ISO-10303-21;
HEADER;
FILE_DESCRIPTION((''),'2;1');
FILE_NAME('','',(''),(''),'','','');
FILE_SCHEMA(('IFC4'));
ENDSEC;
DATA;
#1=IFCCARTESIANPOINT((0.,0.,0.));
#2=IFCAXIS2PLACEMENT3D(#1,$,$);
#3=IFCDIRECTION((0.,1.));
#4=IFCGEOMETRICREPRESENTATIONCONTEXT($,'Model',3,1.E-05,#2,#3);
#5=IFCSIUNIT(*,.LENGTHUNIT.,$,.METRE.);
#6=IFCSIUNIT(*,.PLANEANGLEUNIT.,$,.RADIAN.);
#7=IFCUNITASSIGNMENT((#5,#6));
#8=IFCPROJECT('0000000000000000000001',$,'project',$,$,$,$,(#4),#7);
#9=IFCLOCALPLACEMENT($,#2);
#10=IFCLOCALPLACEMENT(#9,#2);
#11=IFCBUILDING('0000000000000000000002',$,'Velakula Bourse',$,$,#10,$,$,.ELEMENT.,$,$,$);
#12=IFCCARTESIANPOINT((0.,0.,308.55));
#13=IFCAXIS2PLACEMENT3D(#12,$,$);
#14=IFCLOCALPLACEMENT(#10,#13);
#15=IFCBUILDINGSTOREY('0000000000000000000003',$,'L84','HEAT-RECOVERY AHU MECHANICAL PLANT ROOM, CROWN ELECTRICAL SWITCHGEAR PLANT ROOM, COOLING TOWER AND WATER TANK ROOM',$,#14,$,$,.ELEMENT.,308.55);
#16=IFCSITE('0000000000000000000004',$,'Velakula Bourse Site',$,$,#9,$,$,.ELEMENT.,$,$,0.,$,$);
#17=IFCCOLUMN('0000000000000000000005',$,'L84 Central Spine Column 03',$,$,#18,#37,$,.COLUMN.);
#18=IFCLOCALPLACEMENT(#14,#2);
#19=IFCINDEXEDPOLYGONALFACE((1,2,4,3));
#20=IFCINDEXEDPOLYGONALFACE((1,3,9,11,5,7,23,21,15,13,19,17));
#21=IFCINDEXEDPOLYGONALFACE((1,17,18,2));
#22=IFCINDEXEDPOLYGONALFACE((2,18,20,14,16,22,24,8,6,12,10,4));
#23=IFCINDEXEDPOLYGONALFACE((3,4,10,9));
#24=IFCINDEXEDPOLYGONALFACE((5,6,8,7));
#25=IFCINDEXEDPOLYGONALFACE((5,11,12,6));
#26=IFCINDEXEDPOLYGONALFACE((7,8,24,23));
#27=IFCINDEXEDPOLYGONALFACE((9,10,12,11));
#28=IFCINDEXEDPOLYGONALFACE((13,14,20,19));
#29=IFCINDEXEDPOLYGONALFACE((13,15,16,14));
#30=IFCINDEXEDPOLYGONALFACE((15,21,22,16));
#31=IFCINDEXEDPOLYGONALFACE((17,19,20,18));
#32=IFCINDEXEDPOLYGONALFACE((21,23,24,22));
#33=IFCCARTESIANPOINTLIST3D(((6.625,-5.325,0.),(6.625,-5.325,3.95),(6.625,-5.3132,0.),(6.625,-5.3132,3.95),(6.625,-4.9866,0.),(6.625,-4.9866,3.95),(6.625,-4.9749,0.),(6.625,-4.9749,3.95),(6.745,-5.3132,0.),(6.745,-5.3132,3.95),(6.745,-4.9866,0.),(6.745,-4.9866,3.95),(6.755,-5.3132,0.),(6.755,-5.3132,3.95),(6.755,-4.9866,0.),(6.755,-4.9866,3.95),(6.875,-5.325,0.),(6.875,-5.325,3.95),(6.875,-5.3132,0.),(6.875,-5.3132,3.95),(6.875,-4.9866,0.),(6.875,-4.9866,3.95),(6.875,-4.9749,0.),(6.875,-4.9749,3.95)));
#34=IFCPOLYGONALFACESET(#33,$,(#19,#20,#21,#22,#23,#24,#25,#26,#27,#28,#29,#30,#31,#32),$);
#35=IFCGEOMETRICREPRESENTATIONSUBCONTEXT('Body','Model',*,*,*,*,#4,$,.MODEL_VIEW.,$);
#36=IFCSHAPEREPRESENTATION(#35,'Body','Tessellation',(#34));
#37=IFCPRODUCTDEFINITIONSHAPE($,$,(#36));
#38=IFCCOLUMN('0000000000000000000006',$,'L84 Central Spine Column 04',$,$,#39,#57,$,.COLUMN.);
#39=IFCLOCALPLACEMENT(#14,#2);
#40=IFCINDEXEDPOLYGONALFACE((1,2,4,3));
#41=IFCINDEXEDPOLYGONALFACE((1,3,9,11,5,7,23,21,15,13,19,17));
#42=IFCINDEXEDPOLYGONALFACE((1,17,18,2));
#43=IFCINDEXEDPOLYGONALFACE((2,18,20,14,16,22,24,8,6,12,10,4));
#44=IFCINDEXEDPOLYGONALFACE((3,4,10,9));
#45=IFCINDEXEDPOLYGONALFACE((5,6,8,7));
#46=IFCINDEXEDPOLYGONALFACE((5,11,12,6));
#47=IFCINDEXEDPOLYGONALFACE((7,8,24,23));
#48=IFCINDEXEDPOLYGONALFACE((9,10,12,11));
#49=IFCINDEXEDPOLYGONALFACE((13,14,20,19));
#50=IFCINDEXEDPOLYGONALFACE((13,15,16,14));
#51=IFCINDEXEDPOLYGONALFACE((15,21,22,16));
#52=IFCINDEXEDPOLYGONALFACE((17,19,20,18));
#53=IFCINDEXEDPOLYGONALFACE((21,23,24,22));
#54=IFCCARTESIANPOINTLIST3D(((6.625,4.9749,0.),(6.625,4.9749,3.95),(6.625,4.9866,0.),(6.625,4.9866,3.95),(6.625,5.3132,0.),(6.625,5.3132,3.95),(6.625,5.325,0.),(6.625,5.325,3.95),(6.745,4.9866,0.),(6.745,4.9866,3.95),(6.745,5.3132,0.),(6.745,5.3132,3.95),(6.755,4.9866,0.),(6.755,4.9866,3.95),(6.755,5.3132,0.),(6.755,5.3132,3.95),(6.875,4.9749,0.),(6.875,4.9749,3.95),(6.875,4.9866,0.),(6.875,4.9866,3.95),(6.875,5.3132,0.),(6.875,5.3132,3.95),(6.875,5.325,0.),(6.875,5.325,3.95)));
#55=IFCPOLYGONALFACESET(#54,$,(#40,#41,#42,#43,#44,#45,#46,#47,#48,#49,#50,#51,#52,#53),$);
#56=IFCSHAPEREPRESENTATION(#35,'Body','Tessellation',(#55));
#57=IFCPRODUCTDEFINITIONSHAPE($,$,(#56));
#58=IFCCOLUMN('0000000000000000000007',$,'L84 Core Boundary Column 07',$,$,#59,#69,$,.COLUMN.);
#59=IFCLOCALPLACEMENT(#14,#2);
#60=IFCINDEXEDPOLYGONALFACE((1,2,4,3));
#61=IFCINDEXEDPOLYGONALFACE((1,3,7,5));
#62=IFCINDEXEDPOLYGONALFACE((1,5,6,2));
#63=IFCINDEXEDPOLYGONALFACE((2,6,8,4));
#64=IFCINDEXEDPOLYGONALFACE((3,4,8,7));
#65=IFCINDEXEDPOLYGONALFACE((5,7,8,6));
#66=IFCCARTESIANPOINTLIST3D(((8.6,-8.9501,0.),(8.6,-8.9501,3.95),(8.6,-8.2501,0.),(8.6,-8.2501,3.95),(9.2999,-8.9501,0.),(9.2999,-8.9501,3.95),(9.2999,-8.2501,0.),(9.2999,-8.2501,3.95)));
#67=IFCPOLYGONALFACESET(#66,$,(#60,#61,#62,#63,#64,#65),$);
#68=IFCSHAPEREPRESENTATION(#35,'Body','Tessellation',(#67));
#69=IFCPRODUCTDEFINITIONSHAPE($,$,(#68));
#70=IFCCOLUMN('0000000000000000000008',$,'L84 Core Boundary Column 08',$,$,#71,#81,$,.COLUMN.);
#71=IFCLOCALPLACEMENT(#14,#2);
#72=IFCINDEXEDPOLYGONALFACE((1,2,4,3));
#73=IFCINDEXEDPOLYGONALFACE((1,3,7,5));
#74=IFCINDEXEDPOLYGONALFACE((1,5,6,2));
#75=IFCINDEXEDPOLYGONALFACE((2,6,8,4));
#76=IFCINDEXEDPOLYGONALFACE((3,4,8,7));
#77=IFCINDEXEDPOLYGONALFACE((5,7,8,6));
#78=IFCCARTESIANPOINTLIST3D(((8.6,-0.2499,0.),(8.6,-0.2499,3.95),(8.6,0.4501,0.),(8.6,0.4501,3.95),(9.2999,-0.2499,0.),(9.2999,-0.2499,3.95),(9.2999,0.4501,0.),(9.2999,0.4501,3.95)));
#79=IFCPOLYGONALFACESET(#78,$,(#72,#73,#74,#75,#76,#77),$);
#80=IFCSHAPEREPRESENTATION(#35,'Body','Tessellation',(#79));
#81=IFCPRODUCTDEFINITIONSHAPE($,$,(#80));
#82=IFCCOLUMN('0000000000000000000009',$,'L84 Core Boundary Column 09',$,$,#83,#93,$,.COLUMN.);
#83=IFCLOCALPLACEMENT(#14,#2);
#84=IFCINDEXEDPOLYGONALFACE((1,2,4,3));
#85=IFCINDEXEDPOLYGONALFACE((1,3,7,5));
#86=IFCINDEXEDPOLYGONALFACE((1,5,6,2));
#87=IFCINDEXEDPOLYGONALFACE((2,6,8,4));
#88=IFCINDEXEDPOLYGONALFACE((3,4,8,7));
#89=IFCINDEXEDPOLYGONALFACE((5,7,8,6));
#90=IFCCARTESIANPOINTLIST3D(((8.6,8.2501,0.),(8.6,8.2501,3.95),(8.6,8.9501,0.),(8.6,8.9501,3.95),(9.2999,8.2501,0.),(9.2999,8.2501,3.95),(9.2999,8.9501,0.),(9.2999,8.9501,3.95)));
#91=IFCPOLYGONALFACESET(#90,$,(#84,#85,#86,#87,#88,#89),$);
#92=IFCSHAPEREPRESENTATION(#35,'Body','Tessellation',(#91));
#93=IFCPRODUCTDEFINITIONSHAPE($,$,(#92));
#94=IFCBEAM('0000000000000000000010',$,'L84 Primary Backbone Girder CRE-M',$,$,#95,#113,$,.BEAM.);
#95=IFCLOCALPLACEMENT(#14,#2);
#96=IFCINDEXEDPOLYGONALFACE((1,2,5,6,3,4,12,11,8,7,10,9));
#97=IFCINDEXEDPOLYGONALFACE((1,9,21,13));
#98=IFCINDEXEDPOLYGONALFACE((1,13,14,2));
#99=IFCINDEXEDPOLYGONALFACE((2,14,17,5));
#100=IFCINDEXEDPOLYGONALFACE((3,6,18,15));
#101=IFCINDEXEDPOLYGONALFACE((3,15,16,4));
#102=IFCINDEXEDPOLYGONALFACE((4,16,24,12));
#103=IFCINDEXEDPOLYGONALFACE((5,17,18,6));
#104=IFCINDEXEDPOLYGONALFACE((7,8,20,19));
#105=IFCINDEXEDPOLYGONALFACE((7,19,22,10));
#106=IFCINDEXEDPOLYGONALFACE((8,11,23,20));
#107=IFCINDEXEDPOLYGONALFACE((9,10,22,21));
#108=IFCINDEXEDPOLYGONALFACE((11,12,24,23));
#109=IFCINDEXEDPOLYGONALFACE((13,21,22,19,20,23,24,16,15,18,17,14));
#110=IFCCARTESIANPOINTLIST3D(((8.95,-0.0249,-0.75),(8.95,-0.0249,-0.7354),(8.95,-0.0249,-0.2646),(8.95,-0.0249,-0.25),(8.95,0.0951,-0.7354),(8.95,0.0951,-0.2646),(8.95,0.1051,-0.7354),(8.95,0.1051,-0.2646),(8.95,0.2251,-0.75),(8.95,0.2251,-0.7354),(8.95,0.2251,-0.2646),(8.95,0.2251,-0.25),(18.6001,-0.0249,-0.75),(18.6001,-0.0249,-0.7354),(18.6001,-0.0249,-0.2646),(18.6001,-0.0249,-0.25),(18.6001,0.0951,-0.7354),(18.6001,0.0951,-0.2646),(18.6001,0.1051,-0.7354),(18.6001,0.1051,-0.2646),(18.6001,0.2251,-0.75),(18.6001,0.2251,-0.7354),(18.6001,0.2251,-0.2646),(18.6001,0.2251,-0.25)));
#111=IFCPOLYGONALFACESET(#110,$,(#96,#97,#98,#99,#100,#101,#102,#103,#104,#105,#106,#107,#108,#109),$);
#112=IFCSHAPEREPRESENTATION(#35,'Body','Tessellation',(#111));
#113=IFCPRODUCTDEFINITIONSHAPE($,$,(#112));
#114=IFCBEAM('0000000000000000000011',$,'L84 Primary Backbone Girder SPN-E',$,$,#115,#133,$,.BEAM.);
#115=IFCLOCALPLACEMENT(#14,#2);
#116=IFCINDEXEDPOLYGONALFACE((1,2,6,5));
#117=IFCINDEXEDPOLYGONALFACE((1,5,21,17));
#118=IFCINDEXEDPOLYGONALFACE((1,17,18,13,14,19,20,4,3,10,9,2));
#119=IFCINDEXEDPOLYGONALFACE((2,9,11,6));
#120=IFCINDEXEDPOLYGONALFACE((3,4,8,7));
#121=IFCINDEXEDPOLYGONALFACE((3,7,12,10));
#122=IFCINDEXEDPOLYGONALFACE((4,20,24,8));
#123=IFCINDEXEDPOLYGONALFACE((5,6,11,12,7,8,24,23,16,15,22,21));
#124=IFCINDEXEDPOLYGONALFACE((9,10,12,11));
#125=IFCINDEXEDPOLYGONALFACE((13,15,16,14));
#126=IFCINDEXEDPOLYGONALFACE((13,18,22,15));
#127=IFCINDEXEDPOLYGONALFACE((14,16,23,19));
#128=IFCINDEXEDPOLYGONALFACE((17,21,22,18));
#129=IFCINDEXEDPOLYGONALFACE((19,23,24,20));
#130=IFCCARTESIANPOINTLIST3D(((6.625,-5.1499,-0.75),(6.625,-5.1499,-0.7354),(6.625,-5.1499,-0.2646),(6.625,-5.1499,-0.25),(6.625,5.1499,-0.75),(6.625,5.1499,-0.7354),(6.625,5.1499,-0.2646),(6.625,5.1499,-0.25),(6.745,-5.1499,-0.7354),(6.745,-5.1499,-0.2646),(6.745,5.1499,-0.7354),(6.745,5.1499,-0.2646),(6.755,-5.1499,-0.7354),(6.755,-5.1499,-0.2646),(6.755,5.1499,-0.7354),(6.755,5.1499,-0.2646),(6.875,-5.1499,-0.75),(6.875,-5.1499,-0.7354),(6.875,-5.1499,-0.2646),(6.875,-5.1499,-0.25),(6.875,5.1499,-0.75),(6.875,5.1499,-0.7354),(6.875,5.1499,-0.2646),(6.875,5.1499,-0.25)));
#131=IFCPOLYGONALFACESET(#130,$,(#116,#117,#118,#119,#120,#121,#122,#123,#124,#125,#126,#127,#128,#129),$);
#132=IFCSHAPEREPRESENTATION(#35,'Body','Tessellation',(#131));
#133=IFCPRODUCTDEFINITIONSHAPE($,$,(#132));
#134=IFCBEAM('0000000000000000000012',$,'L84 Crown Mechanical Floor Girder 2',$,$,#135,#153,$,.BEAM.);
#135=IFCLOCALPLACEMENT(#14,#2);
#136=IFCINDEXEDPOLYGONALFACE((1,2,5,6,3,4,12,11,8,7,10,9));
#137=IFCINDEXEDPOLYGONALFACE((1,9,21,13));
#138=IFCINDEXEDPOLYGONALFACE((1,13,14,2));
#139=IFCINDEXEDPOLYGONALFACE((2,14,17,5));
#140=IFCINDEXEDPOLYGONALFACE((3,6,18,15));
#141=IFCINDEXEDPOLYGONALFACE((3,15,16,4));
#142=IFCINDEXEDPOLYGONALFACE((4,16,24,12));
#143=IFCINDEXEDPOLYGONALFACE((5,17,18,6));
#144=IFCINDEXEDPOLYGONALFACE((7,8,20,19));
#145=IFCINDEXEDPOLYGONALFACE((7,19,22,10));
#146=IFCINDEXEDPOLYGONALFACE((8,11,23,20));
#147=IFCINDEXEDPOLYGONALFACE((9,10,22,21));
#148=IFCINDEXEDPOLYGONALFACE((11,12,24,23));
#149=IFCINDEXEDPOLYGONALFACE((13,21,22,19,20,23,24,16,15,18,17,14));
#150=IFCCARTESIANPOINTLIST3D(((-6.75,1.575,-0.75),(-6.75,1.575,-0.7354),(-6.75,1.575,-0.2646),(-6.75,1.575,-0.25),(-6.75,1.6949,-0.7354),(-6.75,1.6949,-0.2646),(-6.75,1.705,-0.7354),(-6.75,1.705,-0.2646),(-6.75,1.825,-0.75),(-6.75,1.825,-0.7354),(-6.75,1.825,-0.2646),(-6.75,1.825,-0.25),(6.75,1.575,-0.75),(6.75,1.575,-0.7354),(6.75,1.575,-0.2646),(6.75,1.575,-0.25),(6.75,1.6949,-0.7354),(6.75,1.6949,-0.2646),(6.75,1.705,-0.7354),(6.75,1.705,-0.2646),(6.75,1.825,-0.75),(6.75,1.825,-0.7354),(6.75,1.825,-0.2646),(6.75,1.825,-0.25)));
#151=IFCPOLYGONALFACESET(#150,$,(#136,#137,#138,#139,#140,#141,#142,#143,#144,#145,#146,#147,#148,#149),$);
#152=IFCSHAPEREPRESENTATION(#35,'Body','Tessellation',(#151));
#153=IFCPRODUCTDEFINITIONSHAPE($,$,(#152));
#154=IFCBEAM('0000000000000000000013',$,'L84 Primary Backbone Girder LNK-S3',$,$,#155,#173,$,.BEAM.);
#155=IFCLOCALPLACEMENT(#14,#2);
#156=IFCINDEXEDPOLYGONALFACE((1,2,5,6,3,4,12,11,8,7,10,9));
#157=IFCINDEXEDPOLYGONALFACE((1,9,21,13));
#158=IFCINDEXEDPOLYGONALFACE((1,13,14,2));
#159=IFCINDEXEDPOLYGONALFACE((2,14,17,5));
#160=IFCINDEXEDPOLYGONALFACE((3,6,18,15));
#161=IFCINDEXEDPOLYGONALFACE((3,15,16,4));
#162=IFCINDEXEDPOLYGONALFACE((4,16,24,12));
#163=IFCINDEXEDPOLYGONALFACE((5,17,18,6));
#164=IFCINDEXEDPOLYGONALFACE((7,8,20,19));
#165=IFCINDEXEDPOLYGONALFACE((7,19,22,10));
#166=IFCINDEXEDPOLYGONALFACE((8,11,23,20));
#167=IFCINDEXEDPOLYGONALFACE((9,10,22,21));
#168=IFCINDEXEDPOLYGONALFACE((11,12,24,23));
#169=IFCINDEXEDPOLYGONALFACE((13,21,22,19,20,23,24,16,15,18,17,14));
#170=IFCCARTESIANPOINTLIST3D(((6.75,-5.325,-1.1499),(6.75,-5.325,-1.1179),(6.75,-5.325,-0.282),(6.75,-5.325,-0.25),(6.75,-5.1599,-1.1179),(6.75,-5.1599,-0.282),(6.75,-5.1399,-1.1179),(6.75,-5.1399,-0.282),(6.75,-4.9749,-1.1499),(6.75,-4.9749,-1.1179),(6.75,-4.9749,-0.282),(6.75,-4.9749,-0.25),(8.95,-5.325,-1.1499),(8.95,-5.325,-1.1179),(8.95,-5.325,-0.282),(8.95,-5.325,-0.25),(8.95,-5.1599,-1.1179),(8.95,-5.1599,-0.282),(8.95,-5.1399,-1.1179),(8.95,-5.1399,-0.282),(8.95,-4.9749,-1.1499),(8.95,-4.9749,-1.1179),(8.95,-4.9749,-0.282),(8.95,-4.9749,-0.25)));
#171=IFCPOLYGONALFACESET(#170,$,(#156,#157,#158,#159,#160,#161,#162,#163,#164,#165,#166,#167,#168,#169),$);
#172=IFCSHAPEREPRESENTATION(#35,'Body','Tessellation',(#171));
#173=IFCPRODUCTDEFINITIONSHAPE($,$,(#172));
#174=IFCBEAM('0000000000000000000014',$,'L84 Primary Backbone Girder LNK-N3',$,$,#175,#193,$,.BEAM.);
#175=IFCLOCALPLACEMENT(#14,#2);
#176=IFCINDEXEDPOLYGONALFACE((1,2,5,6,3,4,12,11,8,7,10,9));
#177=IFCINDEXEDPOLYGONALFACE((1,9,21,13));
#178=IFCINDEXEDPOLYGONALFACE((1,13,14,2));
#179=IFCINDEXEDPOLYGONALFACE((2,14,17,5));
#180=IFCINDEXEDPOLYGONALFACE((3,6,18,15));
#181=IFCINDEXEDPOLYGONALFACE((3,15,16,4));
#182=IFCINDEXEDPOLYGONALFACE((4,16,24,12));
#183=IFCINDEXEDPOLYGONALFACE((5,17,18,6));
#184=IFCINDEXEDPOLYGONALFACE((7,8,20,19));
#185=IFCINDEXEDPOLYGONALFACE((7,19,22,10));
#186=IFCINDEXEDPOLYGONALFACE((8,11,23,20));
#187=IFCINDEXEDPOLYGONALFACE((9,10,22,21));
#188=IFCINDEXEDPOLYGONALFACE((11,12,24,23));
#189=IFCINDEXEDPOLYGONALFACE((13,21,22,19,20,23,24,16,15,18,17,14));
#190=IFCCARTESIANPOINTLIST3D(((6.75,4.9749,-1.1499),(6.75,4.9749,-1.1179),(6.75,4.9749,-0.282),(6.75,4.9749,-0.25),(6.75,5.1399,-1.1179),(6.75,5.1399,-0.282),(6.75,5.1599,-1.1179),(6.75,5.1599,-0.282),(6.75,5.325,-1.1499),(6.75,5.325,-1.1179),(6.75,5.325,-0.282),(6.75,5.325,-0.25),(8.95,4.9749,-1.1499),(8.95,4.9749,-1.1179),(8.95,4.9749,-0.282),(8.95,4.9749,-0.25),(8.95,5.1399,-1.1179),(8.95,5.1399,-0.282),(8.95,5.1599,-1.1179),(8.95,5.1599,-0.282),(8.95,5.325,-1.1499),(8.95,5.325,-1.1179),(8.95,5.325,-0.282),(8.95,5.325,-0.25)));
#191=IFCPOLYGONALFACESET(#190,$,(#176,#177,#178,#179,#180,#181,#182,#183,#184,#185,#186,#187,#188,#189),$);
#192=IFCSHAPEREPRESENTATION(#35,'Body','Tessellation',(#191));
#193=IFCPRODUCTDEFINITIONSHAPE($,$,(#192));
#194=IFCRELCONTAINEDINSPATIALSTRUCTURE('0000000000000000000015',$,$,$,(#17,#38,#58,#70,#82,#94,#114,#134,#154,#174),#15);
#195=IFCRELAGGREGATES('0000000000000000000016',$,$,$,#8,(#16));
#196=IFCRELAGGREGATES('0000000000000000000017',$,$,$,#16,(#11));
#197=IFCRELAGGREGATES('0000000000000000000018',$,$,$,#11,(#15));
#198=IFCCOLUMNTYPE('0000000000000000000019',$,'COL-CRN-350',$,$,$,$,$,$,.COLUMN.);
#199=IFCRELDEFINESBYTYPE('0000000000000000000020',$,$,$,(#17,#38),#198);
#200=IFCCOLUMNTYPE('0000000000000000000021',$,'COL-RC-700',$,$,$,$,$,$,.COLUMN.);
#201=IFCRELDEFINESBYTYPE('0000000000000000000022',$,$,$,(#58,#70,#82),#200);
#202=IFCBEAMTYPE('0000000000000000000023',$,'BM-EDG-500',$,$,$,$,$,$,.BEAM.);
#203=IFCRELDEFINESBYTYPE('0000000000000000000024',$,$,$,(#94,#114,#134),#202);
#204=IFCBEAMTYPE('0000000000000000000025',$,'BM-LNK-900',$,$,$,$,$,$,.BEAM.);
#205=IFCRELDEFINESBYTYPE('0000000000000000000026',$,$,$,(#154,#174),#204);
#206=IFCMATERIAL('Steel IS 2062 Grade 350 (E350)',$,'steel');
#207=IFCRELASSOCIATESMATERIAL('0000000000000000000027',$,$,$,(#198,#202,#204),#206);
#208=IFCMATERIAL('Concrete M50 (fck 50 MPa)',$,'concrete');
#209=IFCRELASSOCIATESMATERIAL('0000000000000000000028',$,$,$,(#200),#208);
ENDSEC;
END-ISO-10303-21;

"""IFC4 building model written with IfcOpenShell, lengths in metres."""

from ifc_helpers import new_model, si_unit, direction, frame, origin, origin_2d, place, context, subcontext, project, spatial, rectangle, i_section, extrude, material, material_profile, profile_set, type_object, element, save


model = new_model("IFC4")

# Units and contexts
model_context = context("Model", 3, precision=1e-05, world=origin(), true_north=direction((0.0, 1.0)))
body_context = subcontext(model_context, "Body", "Model", "MODEL_VIEW")
ifc_project = project(units=[si_unit("LENGTHUNIT", "METRE"), si_unit("PLANEANGLEUNIT", "RADIAN")], contexts=[model_context])

# Site, building, storey
site_placement = place(None, origin())
site = spatial("IfcSite", under=ifc_project, at=site_placement, Name="Velakula Bourse Site", CompositionType="ELEMENT", RefElevation=0.0)
building_placement = place(site_placement, origin())
building = spatial("IfcBuilding", under=site, at=building_placement, Name="Velakula Bourse", CompositionType="ELEMENT")
storey_placement = place(building_placement, frame((0.0, 0.0, 308.55)))
storey = spatial("IfcBuildingStorey", under=building, at=storey_placement, Name="L84", Description="HEAT-RECOVERY AHU MECHANICAL PLANT ROOM, CROWN ELECTRICAL SWITCHGEAR PLANT ROOM, COOLING TOWER AND WATER TANK ROOM", CompositionType="ELEMENT", Elevation=308.55)

# Columns
ifc_material_1 = material(Name="Steel IS 2062 Grade 350 (E350)", Category="steel")
ifc_material_profile_1 = material_profile(ifc_material_1, i_section(OverallWidth=0.25, OverallDepth=0.3501, WebThickness=0.01, FlangeThickness=0.0117, at=origin_2d()), Name="Steel IS 2062 Grade 350 (E350)")
ifc_profile_set_1 = profile_set([ifc_material_profile_1], Name="Steel IS 2062 Grade 350 (E350)")
column_type_1 = type_object("IfcColumnType", Name="COL-CRN-350", PredefinedType="COLUMN", material=ifc_profile_set_1)
for number, where, z_axis, x_axis, name in (
    (1, (6.75, -5.1499, 0.0), (0.0, 0.0, 1.0), (1.0, 0.0, 0.0), "L84 Central Spine Column 03"),
    (2, (6.75, 5.1499, 0.0), (0.0, 0.0, 1.0), (1.0, 0.0, 0.0), "L84 Central Spine Column 04"),
):
    element("IfcColumn", number, at=place(storey_placement, frame(where, z_axis=z_axis, x_axis=x_axis)), inside=storey, type_object=column_type_1, Name=name, PredefinedType="COLUMN", context=body_context, shape_type="SweptSolid", body=[
        extrude(i_section(OverallWidth=0.25, OverallDepth=0.3501, WebThickness=0.01, FlangeThickness=0.0117, at=origin_2d()), origin(), (0.0, 0.0, 1.0), 3.95),
    ])
ifc_material_2 = material(Name="Concrete M50 (fck 50 MPa)", Category="concrete")
ifc_material_profile_2 = material_profile(ifc_material_2, rectangle(XDim=0.7, YDim=0.7, at=origin_2d()), Name="Concrete M50 (fck 50 MPa)")
ifc_profile_set_2 = profile_set([ifc_material_profile_2], Name="Concrete M50 (fck 50 MPa)")
column_type_2 = type_object("IfcColumnType", Name="COL-RC-700", PredefinedType="COLUMN", material=ifc_profile_set_2)
for number, where, z_axis, x_axis, name in (
    (3, (8.95, -8.6001, 0.0), (0.0, 0.0, 1.0), (1.0, 0.0, 0.0), "L84 Core Boundary Column 07"),
    (4, (8.95, 0.1001, 0.0), (0.0, 0.0, 1.0), (1.0, 0.0, 0.0), "L84 Core Boundary Column 08"),
    (5, (8.95, 8.6001, 0.0), (0.0, 0.0, 1.0), (1.0, 0.0, 0.0), "L84 Core Boundary Column 09"),
):
    element("IfcColumn", number, at=place(storey_placement, frame(where, z_axis=z_axis, x_axis=x_axis)), inside=storey, type_object=column_type_2, Name=name, PredefinedType="COLUMN", context=body_context, shape_type="SweptSolid", body=[
        extrude(rectangle(XDim=0.7, YDim=0.7, at=origin_2d()), origin(), (0.0, 0.0, 1.0), 3.95),
    ])

# Beams
ifc_material_profile_3 = material_profile(ifc_material_1, i_section(OverallWidth=0.25, OverallDepth=0.5, WebThickness=0.01, FlangeThickness=0.0146, at=origin_2d()), Name="Steel IS 2062 Grade 350 (E350)")
ifc_profile_set_3 = profile_set([ifc_material_profile_3], Name="Steel IS 2062 Grade 350 (E350)")
beam_type_1 = type_object("IfcBeamType", Name="BM-EDG-500", PredefinedType="BEAM", material=ifc_profile_set_3)
beam_1_placement = place(storey_placement, frame((8.95, 0.1001, -0.5), z_axis=(1.0, 0.0, 0.0), x_axis=(0.0, 1.0, 0.0)))
element("IfcBeam", 6, at=beam_1_placement, inside=storey, type_object=beam_type_1, Name="L84 Primary Backbone Girder CRE-M", PredefinedType="BEAM", context=body_context, shape_type="SweptSolid", body=[
    extrude(i_section(OverallWidth=0.25, OverallDepth=0.5, WebThickness=0.01, FlangeThickness=0.0146, at=origin_2d()), origin(), (0.0, 0.0, 1.0), 9.6501),
])
beam_2_placement = place(storey_placement, frame((6.75, -5.1499, -0.5), z_axis=(0.0, 1.0, 0.0), x_axis=(-1.0, 0.0, 0.0)))
element("IfcBeam", 7, at=beam_2_placement, inside=storey, type_object=beam_type_1, Name="L84 Primary Backbone Girder SPN-E", PredefinedType="BEAM", context=body_context, shape_type="SweptSolid", body=[
    extrude(i_section(OverallWidth=0.25, OverallDepth=0.5, WebThickness=0.01, FlangeThickness=0.0146, at=origin_2d()), origin(), (0.0, 0.0, 1.0), 10.2998),
])
beam_3_placement = place(storey_placement, frame((-6.75, 1.7, -0.5), z_axis=(1.0, 0.0, 0.0), x_axis=(0.0, 1.0, 0.0)))
element("IfcBeam", 8, at=beam_3_placement, inside=storey, type_object=beam_type_1, Name="L84 Crown Mechanical Floor Girder 2", PredefinedType="BEAM", context=body_context, shape_type="SweptSolid", body=[
    extrude(i_section(OverallWidth=0.25, OverallDepth=0.5, WebThickness=0.01, FlangeThickness=0.0146, at=origin_2d()), origin(), (0.0, 0.0, 1.0), 13.5),
])
ifc_material_profile_4 = material_profile(ifc_material_1, i_section(OverallWidth=0.3501, OverallDepth=0.8999, WebThickness=0.02, FlangeThickness=0.032, at=origin_2d()), Name="Steel IS 2062 Grade 350 (E350)")
ifc_profile_set_4 = profile_set([ifc_material_profile_4], Name="Steel IS 2062 Grade 350 (E350)")
beam_type_2 = type_object("IfcBeamType", Name="BM-LNK-900", PredefinedType="BEAM", material=ifc_profile_set_4)
for number, where, z_axis, x_axis, name in (
    (9, (6.75, -5.1499, -0.7), (1.0, 0.0, 0.0), (0.0, 1.0, 0.0), "L84 Primary Backbone Girder LNK-S3"),
    (10, (6.75, 5.1499, -0.7), (1.0, 0.0, 0.0), (0.0, 1.0, 0.0), "L84 Primary Backbone Girder LNK-N3"),
):
    element("IfcBeam", number, at=place(storey_placement, frame(where, z_axis=z_axis, x_axis=x_axis)), inside=storey, type_object=beam_type_2, Name=name, PredefinedType="BEAM", context=body_context, shape_type="SweptSolid", body=[
        extrude(i_section(OverallWidth=0.3501, OverallDepth=0.8999, WebThickness=0.02, FlangeThickness=0.032, at=origin_2d()), origin(), (0.0, 0.0, 1.0), 2.2),
    ])

save(model, "model.ifc")
